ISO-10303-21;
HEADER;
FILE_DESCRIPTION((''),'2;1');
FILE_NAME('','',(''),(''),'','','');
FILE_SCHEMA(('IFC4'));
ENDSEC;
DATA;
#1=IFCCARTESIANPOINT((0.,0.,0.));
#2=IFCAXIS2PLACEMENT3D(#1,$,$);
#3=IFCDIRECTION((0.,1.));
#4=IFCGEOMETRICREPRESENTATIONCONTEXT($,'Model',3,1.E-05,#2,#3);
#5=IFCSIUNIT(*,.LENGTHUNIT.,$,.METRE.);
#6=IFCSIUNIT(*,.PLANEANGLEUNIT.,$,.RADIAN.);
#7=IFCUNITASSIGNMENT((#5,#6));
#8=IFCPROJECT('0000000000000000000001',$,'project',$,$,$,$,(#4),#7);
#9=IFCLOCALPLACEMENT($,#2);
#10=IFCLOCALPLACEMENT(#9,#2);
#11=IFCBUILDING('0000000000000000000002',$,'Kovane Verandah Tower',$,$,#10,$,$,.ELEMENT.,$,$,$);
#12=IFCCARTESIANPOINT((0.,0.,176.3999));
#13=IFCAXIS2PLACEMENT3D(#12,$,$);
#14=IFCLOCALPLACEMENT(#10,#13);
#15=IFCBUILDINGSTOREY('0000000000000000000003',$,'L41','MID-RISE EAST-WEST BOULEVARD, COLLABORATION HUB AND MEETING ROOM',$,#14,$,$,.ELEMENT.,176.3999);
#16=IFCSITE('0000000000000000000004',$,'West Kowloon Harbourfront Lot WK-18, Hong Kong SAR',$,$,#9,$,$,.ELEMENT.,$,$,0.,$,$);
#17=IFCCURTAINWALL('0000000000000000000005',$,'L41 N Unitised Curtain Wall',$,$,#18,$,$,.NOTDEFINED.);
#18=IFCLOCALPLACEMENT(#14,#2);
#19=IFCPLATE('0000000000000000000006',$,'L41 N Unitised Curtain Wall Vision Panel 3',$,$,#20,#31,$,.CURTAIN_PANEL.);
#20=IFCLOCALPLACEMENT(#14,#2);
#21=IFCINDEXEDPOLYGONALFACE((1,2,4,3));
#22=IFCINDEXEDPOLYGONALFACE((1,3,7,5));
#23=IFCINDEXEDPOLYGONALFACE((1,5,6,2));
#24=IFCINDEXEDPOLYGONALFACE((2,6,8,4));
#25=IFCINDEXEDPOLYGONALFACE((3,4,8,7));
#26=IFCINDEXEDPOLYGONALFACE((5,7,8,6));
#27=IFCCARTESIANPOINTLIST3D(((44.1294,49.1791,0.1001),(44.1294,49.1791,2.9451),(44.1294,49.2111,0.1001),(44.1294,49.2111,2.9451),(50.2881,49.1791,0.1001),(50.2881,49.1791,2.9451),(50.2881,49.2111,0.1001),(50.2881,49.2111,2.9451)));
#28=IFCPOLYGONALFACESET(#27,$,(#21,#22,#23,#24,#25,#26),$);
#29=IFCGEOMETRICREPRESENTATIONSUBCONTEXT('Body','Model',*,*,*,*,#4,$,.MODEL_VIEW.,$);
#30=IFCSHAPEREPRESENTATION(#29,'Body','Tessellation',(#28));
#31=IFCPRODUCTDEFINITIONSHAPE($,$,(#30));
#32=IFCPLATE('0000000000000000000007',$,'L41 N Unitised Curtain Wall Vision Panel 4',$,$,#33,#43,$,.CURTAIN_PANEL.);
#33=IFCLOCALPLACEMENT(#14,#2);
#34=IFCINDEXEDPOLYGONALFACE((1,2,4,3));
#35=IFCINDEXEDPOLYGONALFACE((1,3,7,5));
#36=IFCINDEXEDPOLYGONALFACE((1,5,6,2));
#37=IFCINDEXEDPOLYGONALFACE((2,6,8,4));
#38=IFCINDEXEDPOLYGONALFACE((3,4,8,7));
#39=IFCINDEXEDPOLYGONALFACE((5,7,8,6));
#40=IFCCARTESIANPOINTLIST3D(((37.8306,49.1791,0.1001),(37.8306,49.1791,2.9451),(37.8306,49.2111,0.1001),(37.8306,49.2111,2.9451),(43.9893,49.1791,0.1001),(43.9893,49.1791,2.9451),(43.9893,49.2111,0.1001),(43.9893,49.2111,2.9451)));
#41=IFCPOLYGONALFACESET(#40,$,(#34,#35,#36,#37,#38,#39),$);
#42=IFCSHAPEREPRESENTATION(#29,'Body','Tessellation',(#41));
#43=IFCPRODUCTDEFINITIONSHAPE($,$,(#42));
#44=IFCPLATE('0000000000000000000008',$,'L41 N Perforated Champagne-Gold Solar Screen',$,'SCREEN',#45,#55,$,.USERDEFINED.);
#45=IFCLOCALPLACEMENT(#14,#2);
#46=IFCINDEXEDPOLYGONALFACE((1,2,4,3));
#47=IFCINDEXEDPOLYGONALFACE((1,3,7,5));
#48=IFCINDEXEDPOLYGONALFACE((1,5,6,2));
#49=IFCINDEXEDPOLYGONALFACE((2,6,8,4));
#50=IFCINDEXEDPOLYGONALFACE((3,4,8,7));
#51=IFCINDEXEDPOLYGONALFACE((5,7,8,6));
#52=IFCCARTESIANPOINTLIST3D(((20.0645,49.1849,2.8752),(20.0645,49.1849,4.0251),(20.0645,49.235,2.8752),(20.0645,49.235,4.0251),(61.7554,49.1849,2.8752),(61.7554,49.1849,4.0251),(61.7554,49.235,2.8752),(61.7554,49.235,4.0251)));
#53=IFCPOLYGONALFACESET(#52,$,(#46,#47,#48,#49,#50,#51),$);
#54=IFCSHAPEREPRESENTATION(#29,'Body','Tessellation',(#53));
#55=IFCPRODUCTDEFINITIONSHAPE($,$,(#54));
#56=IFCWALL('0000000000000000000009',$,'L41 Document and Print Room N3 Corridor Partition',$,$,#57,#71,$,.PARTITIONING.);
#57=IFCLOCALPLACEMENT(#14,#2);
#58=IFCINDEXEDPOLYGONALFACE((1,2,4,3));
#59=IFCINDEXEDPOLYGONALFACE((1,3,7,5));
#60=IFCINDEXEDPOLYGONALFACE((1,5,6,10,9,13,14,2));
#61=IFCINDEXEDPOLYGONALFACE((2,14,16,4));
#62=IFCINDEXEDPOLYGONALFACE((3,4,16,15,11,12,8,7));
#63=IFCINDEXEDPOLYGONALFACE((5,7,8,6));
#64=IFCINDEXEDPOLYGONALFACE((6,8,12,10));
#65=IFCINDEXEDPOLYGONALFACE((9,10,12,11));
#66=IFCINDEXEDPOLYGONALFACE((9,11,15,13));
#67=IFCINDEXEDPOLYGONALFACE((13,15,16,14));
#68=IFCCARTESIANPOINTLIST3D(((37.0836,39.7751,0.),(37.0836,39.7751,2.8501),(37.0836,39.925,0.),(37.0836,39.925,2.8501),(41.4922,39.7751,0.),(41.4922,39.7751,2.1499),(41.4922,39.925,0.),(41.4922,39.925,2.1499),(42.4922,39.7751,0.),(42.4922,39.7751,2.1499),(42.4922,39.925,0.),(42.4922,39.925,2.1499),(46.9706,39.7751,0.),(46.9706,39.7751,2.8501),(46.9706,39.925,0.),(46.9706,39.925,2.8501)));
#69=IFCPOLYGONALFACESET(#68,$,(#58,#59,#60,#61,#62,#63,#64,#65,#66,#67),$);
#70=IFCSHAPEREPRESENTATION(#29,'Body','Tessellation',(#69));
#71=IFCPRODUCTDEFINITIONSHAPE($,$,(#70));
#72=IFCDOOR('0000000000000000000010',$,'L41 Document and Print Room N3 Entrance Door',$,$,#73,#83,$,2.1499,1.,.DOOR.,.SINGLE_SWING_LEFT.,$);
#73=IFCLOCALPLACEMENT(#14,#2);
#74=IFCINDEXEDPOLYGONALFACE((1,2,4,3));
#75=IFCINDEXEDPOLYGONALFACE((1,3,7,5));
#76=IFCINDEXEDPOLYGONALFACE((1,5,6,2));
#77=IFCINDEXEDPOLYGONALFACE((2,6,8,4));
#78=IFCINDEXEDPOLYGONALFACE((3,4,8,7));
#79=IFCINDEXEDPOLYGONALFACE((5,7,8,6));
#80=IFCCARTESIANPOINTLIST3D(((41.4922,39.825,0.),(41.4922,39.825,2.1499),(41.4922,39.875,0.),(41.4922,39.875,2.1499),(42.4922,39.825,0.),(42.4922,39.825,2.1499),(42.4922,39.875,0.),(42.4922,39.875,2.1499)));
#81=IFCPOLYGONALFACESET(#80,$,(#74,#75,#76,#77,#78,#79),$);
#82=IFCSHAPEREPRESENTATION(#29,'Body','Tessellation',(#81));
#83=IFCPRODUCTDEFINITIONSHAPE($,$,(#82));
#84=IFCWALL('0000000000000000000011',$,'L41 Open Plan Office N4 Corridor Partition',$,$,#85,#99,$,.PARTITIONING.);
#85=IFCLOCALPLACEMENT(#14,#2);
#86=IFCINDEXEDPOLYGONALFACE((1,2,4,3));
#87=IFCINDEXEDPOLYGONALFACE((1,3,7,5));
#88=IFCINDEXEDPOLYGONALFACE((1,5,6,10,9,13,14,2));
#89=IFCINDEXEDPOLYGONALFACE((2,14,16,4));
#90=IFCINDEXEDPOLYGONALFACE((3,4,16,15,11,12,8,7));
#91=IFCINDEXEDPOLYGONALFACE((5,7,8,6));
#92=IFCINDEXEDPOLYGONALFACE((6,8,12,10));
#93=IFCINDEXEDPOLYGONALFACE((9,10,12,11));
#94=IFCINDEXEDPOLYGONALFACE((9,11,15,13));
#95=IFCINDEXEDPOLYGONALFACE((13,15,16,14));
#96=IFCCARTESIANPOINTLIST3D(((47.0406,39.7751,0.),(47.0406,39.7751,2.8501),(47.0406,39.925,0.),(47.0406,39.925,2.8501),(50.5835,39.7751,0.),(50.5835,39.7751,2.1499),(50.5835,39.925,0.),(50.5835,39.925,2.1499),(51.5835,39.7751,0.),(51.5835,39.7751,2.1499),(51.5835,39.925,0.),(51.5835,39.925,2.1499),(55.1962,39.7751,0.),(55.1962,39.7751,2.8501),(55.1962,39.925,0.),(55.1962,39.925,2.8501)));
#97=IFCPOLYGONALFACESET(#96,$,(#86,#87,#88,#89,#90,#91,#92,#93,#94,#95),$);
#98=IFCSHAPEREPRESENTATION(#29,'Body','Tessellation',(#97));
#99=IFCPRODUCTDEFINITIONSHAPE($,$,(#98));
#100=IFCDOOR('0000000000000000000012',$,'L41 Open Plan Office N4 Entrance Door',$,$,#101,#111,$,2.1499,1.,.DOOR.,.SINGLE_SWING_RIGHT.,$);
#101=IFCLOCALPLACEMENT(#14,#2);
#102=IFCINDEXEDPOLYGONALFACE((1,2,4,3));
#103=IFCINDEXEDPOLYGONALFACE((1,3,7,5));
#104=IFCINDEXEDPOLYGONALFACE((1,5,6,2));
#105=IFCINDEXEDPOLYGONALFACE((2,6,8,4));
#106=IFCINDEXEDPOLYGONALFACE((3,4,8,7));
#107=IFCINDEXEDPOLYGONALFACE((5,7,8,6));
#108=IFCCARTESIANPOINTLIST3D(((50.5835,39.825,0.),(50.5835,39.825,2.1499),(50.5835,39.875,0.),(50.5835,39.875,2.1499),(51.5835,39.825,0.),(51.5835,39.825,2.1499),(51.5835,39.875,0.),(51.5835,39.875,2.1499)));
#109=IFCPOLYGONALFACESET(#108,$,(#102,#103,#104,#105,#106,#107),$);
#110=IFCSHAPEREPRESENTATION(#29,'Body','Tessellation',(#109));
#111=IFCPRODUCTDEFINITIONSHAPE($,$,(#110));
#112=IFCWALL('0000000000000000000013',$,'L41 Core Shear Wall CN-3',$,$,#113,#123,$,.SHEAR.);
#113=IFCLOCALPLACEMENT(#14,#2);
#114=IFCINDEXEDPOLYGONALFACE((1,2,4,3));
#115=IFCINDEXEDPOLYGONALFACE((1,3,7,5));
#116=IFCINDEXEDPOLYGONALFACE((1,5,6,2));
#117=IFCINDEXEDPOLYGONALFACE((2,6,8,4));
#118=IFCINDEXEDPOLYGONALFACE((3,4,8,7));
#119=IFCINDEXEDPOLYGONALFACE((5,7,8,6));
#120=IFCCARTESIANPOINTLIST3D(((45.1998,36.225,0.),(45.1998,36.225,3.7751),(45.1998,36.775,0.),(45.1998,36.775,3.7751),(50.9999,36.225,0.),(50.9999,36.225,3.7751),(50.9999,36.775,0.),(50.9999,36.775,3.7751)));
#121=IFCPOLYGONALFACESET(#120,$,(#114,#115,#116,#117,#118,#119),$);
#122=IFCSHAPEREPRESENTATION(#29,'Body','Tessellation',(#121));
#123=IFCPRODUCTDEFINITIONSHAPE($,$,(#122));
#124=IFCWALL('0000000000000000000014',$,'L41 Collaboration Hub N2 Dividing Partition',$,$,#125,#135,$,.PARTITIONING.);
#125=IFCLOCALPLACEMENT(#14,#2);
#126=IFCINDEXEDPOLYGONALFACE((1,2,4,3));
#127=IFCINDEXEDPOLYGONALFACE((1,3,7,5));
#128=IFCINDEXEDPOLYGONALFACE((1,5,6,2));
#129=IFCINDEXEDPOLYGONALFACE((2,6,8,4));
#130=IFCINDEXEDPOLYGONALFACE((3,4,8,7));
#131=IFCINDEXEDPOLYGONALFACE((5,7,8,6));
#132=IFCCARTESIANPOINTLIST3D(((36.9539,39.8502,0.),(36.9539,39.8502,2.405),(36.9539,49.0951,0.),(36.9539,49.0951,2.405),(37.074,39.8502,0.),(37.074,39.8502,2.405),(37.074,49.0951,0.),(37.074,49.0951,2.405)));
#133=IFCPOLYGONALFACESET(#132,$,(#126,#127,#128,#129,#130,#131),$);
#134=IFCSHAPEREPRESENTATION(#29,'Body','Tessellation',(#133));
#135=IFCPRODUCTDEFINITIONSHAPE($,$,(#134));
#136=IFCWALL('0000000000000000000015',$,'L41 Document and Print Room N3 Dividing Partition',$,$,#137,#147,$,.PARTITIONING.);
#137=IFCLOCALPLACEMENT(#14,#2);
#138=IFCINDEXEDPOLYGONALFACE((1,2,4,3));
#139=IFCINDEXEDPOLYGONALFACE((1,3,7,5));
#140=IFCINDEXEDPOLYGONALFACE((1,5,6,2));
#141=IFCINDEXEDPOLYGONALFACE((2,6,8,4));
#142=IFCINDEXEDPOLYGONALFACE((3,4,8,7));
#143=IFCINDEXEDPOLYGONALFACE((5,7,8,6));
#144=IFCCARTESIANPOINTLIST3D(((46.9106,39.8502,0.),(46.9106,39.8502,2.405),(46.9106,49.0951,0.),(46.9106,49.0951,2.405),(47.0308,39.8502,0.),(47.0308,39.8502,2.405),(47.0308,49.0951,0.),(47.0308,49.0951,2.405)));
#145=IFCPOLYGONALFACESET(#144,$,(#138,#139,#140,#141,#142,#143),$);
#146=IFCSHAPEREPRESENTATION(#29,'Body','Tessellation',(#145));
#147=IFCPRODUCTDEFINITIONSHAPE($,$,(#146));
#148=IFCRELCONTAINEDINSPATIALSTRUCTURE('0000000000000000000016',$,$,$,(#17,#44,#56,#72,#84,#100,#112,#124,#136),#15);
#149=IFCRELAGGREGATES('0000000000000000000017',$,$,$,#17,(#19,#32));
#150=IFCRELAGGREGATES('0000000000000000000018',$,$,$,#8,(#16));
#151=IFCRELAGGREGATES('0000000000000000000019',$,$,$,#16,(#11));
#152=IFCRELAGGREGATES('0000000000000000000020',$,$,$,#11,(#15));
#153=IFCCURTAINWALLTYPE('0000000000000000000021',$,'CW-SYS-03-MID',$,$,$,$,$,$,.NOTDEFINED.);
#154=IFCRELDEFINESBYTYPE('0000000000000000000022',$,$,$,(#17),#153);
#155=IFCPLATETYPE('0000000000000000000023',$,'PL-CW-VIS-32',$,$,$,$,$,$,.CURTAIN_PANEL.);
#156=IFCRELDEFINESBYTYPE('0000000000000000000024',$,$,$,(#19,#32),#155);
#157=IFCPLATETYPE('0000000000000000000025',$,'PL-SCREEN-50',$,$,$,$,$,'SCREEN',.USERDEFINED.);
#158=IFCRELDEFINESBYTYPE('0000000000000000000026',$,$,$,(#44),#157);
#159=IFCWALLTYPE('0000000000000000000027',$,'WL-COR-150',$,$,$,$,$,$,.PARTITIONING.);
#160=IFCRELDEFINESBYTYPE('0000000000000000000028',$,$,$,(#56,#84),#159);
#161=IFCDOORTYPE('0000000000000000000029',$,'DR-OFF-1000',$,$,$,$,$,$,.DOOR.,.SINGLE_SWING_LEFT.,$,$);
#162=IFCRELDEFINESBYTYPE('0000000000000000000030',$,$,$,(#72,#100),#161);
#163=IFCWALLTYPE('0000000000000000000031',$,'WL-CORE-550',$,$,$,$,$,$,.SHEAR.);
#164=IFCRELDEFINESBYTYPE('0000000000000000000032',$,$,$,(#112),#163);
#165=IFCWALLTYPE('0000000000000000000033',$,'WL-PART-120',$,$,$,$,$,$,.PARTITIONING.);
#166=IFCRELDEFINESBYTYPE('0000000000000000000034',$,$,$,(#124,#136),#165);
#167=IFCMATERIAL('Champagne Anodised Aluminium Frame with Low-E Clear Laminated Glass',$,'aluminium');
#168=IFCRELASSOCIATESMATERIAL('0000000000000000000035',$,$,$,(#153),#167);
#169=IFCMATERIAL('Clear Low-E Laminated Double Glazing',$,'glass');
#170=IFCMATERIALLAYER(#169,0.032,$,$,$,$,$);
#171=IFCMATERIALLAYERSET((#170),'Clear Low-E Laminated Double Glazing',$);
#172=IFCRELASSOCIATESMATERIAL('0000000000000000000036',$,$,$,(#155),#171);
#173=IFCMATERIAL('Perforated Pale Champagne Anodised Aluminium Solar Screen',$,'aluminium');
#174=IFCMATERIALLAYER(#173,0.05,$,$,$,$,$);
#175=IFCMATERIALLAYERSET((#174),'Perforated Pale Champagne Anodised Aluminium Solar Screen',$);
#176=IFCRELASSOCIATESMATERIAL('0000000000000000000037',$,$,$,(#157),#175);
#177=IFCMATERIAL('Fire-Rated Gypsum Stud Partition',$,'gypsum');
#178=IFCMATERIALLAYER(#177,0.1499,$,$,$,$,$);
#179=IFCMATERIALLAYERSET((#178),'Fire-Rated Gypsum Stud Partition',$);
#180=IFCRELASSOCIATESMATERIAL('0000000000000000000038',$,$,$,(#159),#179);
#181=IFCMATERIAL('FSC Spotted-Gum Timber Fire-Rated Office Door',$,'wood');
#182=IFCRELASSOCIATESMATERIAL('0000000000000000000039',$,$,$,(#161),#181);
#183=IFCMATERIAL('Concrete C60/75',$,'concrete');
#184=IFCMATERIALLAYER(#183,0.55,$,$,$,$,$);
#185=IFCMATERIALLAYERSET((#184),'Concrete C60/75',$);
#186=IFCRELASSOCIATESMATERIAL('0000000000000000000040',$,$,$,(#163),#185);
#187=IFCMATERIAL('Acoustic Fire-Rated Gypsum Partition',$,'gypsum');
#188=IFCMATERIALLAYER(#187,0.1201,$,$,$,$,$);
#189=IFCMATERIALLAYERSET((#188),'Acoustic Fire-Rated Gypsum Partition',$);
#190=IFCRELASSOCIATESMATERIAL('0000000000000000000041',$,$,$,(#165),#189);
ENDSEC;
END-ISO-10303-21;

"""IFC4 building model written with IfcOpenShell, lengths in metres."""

from ifc_helpers import new_model, si_unit, direction, frame, frame_2d, origin, origin_2d, place, context, subcontext, project, spatial, rectangle, extrude, material, layer, layer_set, type_object, element, fill, aggregate, save


model = new_model("IFC4")

# Units and contexts
model_context = context("Model", 3, precision=1e-05, world=origin(), true_north=direction((0.0, 1.0)))
body_context = subcontext(model_context, "Body", "Model", "MODEL_VIEW")
ifc_project = project(units=[si_unit("LENGTHUNIT", "METRE"), si_unit("PLANEANGLEUNIT", "RADIAN")], contexts=[model_context])

# Site, building, storey
site_placement = place(None, origin())
site = spatial("IfcSite", under=ifc_project, at=site_placement, Name="West Kowloon Harbourfront Lot WK-18, Hong Kong SAR", CompositionType="ELEMENT", RefElevation=0.0)
building_placement = place(site_placement, origin())
building = spatial("IfcBuilding", under=site, at=building_placement, Name="Kovane Verandah Tower", CompositionType="ELEMENT")
storey_placement = place(building_placement, frame((0.0, 0.0, 176.3999)))
storey = spatial("IfcBuildingStorey", under=building, at=storey_placement, Name="L41", Description="MID-RISE EAST-WEST BOULEVARD, COLLABORATION HUB AND MEETING ROOM", CompositionType="ELEMENT", Elevation=176.3999)

# Shared definitions
ifc_material_1 = material(Name="Concrete C60/75", Category="concrete")

# Curtain wall, plates
ifc_material_2 = material(Name="Champagne Anodised Aluminium Frame with Low-E Clear Laminated Glass", Category="aluminium")
curtain_wall_type = type_object("IfcCurtainWallType", Name="CW-SYS-03-MID", PredefinedType="NOTDEFINED", material=ifc_material_2)
curtain_wall_placement = place(storey_placement, origin())
curtain_wall = element("IfcCurtainWall", 1, at=curtain_wall_placement, inside=storey, type_object=curtain_wall_type, Name="L41 N Unitised Curtain Wall", PredefinedType="NOTDEFINED")
ifc_material_3 = material(Name="Clear Low-E Laminated Double Glazing", Category="glass")
ifc_layer_1 = layer(ifc_material_3, 0.032)
ifc_layer_set_1 = layer_set([ifc_layer_1], Name="Clear Low-E Laminated Double Glazing")
plate_type_1 = type_object("IfcPlateType", Name="PL-CW-VIS-32", PredefinedType="CURTAIN_PANEL", material=ifc_layer_set_1)
plate_1_placement = place(storey_placement, frame((47.2087, 49.1951, 0.1001), z_axis=(0.0, 0.0, 1.0), x_axis=(-1.0, 0.0, 0.0)))
plate_1 = element("IfcPlate", 2, at=plate_1_placement, type_object=plate_type_1, Name="L41 N Unitised Curtain Wall Vision Panel 3", PredefinedType="CURTAIN_PANEL", context=body_context, shape_type="SweptSolid", body=[
    extrude(rectangle(XDim=6.1587, YDim=0.032, at=origin_2d()), origin(), (0.0, 0.0, 1.0), 2.845),
])
plate_2_placement = place(storey_placement, frame((40.9099, 49.1951, 0.1001), z_axis=(0.0, 0.0, 1.0), x_axis=(-1.0, 0.0, 0.0)))
plate_2 = element("IfcPlate", 3, at=plate_2_placement, type_object=plate_type_1, Name="L41 N Unitised Curtain Wall Vision Panel 4", PredefinedType="CURTAIN_PANEL", context=body_context, shape_type="SweptSolid", body=[
    extrude(rectangle(XDim=6.1587, YDim=0.032, at=origin_2d()), origin(), (0.0, 0.0, 1.0), 2.845),
])
aggregate(curtain_wall, [plate_1, plate_2])

# Plate
ifc_material_4 = material(Name="Perforated Pale Champagne Anodised Aluminium Solar Screen", Category="aluminium")
ifc_layer_2 = layer(ifc_material_4, 0.05)
ifc_layer_set_2 = layer_set([ifc_layer_2], Name="Perforated Pale Champagne Anodised Aluminium Solar Screen")
plate_type_2 = type_object("IfcPlateType", Name="PL-SCREEN-50", ElementType="SCREEN", PredefinedType="USERDEFINED", material=ifc_layer_set_2)
plate_3_placement = place(storey_placement, frame((40.9099, 49.21, 2.8752), z_axis=(0.0, 0.0, 1.0), x_axis=(-1.0, 0.0, 0.0)))
element("IfcPlate", 4, at=plate_3_placement, inside=storey, type_object=plate_type_2, Name="L41 N Perforated Champagne-Gold Solar Screen", ObjectType="SCREEN", PredefinedType="USERDEFINED", context=body_context, shape_type="SweptSolid", body=[
    extrude(rectangle(XDim=41.6909, YDim=0.05, at=origin_2d()), origin(), (0.0, 0.0, 1.0), 1.1499),
])

# Walls, openings, doors
ifc_material_5 = material(Name="Fire-Rated Gypsum Stud Partition", Category="gypsum")
ifc_layer_3 = layer(ifc_material_5, 0.1499)
ifc_layer_set_3 = layer_set([ifc_layer_3], Name="Fire-Rated Gypsum Stud Partition")
wall_type_1 = type_object("IfcWallType", Name="WL-COR-150", PredefinedType="PARTITIONING", material=ifc_layer_set_3)
wall_1_placement = place(storey_placement, frame((37.0837, 39.8501, 0.0), z_axis=(0.0, 0.0, 1.0), x_axis=(1.0, 0.0, 0.0)))
wall_1 = element("IfcWall", 5, at=wall_1_placement, inside=storey, type_object=wall_type_1, Name="L41 Document and Print Room N3 Corridor Partition", PredefinedType="PARTITIONING", context=body_context, shape_type="SweptSolid", body=[
    extrude(rectangle(XDim=9.887, YDim=0.1499, at=frame_2d((4.9434, 0.0))), origin(), (0.0, 0.0, 1.0), 2.8501),
])
opening_1_placement = place(wall_1_placement, frame((4.4084, 0.0, 0.0)))
opening_1 = element("IfcOpeningElement", 6, at=opening_1_placement, cuts=wall_1, PredefinedType="OPENING", context=body_context, shape_type="SweptSolid", body=[
    extrude(rectangle(XDim=1.0, YDim=2.1499, at=frame_2d((0.5, 1.075))), frame((0.0, 0.075, 0.0), z_axis=(0.0, -1.0, 0.0), x_axis=(1.0, 0.0, 0.0)), (0.0, 0.0, 1.0), 0.1499),
])
ifc_material_6 = material(Name="FSC Spotted-Gum Timber Fire-Rated Office Door", Category="wood")
door_type_1 = type_object("IfcDoorType", Name="DR-OFF-1000", OperationType="SINGLE_SWING_LEFT", PredefinedType="DOOR", material=ifc_material_6)
door_1_placement = place(opening_1_placement, origin())
door_1 = element("IfcDoor", 7, at=door_1_placement, inside=storey, type_object=door_type_1, Name="L41 Document and Print Room N3 Entrance Door", OperationType="SINGLE_SWING_LEFT", OverallHeight=2.1499, OverallWidth=1.0, PredefinedType="DOOR", context=body_context, shape_type="SweptSolid", body=[
    extrude(rectangle(XDim=1.0, YDim=2.1499, at=frame_2d((0.5, 1.075))), frame((0.0, 0.0249, 0.0), z_axis=(0.0, -1.0, 0.0), x_axis=(1.0, 0.0, 0.0)), (0.0, 0.0, 1.0), 0.05),
])
fill(opening_1, door_1)
wall_2_placement = place(storey_placement, frame((47.0408, 39.8501, 0.0), z_axis=(0.0, 0.0, 1.0), x_axis=(1.0, 0.0, 0.0)))
wall_2 = element("IfcWall", 8, at=wall_2_placement, inside=storey, type_object=wall_type_1, Name="L41 Open Plan Office N4 Corridor Partition", PredefinedType="PARTITIONING", context=body_context, shape_type="SweptSolid", body=[
    extrude(rectangle(XDim=8.1555, YDim=0.1499, at=frame_2d((4.0776, 0.0))), origin(), (0.0, 0.0, 1.0), 2.8501),
])
opening_2_placement = place(wall_2_placement, frame((3.5427, 0.0, 0.0)))
opening_2 = element("IfcOpeningElement", 9, at=opening_2_placement, cuts=wall_2, PredefinedType="OPENING", context=body_context, shape_type="SweptSolid", body=[
    extrude(rectangle(XDim=1.0, YDim=2.1499, at=frame_2d((0.5, 1.075))), frame((0.0, 0.075, 0.0), z_axis=(0.0, -1.0, 0.0), x_axis=(1.0, 0.0, 0.0)), (0.0, 0.0, 1.0), 0.1499),
])
door_2_placement = place(opening_2_placement, origin())
door_2 = element("IfcDoor", 10, at=door_2_placement, inside=storey, type_object=door_type_1, Name="L41 Open Plan Office N4 Entrance Door", OperationType="SINGLE_SWING_RIGHT", OverallHeight=2.1499, OverallWidth=1.0, PredefinedType="DOOR", context=body_context, shape_type="SweptSolid", body=[
    extrude(rectangle(XDim=1.0, YDim=2.1499, at=frame_2d((0.5, 1.075))), frame((0.0, 0.0249, 0.0), z_axis=(0.0, -1.0, 0.0), x_axis=(1.0, 0.0, 0.0)), (0.0, 0.0, 1.0), 0.05),
])
fill(opening_2, door_2)
ifc_layer_4 = layer(ifc_material_1, 0.55)
ifc_layer_set_4 = layer_set([ifc_layer_4], Name="Concrete C60/75")
wall_type_2 = type_object("IfcWallType", Name="WL-CORE-550", PredefinedType="SHEAR", material=ifc_layer_set_4)

# Walls
wall_3_placement = place(storey_placement, frame((45.2, 36.5, 0.0), z_axis=(0.0, 0.0, 1.0), x_axis=(1.0, 0.0, 0.0)))
element("IfcWall", 11, at=wall_3_placement, inside=storey, type_object=wall_type_2, Name="L41 Core Shear Wall CN-3", PredefinedType="SHEAR", context=body_context, shape_type="SweptSolid", body=[
    extrude(rectangle(XDim=5.8, YDim=0.55, at=frame_2d((2.8999, 0.0))), origin(), (0.0, 0.0, 1.0), 3.7751),
])
ifc_material_7 = material(Name="Acoustic Fire-Rated Gypsum Partition", Category="gypsum")
ifc_layer_5 = layer(ifc_material_7, 0.1201)
ifc_layer_set_5 = layer_set([ifc_layer_5], Name="Acoustic Fire-Rated Gypsum Partition")
wall_type_3 = type_object("IfcWallType", Name="WL-PART-120", PredefinedType="PARTITIONING", material=ifc_layer_set_5)
for number, where, z_axis, x_axis, name in (
    (12, (37.0139, 39.8501, 0.0), (0.0, 0.0, 1.0), (0.0, 1.0, 0.0), "L41 Collaboration Hub N2 Dividing Partition"),
    (13, (46.9707, 39.8501, 0.0), (0.0, 0.0, 1.0), (0.0, 1.0, 0.0), "L41 Document and Print Room N3 Dividing Partition"),
):
    element("IfcWall", number, at=place(storey_placement, frame(where, z_axis=z_axis, x_axis=x_axis)), inside=storey, type_object=wall_type_3, Name=name, PredefinedType="PARTITIONING", context=body_context, shape_type="SweptSolid", body=[
        extrude(rectangle(XDim=9.2449, YDim=0.1201, at=frame_2d((4.6226, 0.0))), origin(), (0.0, 0.0, 1.0), 2.405),
    ])

save(model, "model.ifc")
